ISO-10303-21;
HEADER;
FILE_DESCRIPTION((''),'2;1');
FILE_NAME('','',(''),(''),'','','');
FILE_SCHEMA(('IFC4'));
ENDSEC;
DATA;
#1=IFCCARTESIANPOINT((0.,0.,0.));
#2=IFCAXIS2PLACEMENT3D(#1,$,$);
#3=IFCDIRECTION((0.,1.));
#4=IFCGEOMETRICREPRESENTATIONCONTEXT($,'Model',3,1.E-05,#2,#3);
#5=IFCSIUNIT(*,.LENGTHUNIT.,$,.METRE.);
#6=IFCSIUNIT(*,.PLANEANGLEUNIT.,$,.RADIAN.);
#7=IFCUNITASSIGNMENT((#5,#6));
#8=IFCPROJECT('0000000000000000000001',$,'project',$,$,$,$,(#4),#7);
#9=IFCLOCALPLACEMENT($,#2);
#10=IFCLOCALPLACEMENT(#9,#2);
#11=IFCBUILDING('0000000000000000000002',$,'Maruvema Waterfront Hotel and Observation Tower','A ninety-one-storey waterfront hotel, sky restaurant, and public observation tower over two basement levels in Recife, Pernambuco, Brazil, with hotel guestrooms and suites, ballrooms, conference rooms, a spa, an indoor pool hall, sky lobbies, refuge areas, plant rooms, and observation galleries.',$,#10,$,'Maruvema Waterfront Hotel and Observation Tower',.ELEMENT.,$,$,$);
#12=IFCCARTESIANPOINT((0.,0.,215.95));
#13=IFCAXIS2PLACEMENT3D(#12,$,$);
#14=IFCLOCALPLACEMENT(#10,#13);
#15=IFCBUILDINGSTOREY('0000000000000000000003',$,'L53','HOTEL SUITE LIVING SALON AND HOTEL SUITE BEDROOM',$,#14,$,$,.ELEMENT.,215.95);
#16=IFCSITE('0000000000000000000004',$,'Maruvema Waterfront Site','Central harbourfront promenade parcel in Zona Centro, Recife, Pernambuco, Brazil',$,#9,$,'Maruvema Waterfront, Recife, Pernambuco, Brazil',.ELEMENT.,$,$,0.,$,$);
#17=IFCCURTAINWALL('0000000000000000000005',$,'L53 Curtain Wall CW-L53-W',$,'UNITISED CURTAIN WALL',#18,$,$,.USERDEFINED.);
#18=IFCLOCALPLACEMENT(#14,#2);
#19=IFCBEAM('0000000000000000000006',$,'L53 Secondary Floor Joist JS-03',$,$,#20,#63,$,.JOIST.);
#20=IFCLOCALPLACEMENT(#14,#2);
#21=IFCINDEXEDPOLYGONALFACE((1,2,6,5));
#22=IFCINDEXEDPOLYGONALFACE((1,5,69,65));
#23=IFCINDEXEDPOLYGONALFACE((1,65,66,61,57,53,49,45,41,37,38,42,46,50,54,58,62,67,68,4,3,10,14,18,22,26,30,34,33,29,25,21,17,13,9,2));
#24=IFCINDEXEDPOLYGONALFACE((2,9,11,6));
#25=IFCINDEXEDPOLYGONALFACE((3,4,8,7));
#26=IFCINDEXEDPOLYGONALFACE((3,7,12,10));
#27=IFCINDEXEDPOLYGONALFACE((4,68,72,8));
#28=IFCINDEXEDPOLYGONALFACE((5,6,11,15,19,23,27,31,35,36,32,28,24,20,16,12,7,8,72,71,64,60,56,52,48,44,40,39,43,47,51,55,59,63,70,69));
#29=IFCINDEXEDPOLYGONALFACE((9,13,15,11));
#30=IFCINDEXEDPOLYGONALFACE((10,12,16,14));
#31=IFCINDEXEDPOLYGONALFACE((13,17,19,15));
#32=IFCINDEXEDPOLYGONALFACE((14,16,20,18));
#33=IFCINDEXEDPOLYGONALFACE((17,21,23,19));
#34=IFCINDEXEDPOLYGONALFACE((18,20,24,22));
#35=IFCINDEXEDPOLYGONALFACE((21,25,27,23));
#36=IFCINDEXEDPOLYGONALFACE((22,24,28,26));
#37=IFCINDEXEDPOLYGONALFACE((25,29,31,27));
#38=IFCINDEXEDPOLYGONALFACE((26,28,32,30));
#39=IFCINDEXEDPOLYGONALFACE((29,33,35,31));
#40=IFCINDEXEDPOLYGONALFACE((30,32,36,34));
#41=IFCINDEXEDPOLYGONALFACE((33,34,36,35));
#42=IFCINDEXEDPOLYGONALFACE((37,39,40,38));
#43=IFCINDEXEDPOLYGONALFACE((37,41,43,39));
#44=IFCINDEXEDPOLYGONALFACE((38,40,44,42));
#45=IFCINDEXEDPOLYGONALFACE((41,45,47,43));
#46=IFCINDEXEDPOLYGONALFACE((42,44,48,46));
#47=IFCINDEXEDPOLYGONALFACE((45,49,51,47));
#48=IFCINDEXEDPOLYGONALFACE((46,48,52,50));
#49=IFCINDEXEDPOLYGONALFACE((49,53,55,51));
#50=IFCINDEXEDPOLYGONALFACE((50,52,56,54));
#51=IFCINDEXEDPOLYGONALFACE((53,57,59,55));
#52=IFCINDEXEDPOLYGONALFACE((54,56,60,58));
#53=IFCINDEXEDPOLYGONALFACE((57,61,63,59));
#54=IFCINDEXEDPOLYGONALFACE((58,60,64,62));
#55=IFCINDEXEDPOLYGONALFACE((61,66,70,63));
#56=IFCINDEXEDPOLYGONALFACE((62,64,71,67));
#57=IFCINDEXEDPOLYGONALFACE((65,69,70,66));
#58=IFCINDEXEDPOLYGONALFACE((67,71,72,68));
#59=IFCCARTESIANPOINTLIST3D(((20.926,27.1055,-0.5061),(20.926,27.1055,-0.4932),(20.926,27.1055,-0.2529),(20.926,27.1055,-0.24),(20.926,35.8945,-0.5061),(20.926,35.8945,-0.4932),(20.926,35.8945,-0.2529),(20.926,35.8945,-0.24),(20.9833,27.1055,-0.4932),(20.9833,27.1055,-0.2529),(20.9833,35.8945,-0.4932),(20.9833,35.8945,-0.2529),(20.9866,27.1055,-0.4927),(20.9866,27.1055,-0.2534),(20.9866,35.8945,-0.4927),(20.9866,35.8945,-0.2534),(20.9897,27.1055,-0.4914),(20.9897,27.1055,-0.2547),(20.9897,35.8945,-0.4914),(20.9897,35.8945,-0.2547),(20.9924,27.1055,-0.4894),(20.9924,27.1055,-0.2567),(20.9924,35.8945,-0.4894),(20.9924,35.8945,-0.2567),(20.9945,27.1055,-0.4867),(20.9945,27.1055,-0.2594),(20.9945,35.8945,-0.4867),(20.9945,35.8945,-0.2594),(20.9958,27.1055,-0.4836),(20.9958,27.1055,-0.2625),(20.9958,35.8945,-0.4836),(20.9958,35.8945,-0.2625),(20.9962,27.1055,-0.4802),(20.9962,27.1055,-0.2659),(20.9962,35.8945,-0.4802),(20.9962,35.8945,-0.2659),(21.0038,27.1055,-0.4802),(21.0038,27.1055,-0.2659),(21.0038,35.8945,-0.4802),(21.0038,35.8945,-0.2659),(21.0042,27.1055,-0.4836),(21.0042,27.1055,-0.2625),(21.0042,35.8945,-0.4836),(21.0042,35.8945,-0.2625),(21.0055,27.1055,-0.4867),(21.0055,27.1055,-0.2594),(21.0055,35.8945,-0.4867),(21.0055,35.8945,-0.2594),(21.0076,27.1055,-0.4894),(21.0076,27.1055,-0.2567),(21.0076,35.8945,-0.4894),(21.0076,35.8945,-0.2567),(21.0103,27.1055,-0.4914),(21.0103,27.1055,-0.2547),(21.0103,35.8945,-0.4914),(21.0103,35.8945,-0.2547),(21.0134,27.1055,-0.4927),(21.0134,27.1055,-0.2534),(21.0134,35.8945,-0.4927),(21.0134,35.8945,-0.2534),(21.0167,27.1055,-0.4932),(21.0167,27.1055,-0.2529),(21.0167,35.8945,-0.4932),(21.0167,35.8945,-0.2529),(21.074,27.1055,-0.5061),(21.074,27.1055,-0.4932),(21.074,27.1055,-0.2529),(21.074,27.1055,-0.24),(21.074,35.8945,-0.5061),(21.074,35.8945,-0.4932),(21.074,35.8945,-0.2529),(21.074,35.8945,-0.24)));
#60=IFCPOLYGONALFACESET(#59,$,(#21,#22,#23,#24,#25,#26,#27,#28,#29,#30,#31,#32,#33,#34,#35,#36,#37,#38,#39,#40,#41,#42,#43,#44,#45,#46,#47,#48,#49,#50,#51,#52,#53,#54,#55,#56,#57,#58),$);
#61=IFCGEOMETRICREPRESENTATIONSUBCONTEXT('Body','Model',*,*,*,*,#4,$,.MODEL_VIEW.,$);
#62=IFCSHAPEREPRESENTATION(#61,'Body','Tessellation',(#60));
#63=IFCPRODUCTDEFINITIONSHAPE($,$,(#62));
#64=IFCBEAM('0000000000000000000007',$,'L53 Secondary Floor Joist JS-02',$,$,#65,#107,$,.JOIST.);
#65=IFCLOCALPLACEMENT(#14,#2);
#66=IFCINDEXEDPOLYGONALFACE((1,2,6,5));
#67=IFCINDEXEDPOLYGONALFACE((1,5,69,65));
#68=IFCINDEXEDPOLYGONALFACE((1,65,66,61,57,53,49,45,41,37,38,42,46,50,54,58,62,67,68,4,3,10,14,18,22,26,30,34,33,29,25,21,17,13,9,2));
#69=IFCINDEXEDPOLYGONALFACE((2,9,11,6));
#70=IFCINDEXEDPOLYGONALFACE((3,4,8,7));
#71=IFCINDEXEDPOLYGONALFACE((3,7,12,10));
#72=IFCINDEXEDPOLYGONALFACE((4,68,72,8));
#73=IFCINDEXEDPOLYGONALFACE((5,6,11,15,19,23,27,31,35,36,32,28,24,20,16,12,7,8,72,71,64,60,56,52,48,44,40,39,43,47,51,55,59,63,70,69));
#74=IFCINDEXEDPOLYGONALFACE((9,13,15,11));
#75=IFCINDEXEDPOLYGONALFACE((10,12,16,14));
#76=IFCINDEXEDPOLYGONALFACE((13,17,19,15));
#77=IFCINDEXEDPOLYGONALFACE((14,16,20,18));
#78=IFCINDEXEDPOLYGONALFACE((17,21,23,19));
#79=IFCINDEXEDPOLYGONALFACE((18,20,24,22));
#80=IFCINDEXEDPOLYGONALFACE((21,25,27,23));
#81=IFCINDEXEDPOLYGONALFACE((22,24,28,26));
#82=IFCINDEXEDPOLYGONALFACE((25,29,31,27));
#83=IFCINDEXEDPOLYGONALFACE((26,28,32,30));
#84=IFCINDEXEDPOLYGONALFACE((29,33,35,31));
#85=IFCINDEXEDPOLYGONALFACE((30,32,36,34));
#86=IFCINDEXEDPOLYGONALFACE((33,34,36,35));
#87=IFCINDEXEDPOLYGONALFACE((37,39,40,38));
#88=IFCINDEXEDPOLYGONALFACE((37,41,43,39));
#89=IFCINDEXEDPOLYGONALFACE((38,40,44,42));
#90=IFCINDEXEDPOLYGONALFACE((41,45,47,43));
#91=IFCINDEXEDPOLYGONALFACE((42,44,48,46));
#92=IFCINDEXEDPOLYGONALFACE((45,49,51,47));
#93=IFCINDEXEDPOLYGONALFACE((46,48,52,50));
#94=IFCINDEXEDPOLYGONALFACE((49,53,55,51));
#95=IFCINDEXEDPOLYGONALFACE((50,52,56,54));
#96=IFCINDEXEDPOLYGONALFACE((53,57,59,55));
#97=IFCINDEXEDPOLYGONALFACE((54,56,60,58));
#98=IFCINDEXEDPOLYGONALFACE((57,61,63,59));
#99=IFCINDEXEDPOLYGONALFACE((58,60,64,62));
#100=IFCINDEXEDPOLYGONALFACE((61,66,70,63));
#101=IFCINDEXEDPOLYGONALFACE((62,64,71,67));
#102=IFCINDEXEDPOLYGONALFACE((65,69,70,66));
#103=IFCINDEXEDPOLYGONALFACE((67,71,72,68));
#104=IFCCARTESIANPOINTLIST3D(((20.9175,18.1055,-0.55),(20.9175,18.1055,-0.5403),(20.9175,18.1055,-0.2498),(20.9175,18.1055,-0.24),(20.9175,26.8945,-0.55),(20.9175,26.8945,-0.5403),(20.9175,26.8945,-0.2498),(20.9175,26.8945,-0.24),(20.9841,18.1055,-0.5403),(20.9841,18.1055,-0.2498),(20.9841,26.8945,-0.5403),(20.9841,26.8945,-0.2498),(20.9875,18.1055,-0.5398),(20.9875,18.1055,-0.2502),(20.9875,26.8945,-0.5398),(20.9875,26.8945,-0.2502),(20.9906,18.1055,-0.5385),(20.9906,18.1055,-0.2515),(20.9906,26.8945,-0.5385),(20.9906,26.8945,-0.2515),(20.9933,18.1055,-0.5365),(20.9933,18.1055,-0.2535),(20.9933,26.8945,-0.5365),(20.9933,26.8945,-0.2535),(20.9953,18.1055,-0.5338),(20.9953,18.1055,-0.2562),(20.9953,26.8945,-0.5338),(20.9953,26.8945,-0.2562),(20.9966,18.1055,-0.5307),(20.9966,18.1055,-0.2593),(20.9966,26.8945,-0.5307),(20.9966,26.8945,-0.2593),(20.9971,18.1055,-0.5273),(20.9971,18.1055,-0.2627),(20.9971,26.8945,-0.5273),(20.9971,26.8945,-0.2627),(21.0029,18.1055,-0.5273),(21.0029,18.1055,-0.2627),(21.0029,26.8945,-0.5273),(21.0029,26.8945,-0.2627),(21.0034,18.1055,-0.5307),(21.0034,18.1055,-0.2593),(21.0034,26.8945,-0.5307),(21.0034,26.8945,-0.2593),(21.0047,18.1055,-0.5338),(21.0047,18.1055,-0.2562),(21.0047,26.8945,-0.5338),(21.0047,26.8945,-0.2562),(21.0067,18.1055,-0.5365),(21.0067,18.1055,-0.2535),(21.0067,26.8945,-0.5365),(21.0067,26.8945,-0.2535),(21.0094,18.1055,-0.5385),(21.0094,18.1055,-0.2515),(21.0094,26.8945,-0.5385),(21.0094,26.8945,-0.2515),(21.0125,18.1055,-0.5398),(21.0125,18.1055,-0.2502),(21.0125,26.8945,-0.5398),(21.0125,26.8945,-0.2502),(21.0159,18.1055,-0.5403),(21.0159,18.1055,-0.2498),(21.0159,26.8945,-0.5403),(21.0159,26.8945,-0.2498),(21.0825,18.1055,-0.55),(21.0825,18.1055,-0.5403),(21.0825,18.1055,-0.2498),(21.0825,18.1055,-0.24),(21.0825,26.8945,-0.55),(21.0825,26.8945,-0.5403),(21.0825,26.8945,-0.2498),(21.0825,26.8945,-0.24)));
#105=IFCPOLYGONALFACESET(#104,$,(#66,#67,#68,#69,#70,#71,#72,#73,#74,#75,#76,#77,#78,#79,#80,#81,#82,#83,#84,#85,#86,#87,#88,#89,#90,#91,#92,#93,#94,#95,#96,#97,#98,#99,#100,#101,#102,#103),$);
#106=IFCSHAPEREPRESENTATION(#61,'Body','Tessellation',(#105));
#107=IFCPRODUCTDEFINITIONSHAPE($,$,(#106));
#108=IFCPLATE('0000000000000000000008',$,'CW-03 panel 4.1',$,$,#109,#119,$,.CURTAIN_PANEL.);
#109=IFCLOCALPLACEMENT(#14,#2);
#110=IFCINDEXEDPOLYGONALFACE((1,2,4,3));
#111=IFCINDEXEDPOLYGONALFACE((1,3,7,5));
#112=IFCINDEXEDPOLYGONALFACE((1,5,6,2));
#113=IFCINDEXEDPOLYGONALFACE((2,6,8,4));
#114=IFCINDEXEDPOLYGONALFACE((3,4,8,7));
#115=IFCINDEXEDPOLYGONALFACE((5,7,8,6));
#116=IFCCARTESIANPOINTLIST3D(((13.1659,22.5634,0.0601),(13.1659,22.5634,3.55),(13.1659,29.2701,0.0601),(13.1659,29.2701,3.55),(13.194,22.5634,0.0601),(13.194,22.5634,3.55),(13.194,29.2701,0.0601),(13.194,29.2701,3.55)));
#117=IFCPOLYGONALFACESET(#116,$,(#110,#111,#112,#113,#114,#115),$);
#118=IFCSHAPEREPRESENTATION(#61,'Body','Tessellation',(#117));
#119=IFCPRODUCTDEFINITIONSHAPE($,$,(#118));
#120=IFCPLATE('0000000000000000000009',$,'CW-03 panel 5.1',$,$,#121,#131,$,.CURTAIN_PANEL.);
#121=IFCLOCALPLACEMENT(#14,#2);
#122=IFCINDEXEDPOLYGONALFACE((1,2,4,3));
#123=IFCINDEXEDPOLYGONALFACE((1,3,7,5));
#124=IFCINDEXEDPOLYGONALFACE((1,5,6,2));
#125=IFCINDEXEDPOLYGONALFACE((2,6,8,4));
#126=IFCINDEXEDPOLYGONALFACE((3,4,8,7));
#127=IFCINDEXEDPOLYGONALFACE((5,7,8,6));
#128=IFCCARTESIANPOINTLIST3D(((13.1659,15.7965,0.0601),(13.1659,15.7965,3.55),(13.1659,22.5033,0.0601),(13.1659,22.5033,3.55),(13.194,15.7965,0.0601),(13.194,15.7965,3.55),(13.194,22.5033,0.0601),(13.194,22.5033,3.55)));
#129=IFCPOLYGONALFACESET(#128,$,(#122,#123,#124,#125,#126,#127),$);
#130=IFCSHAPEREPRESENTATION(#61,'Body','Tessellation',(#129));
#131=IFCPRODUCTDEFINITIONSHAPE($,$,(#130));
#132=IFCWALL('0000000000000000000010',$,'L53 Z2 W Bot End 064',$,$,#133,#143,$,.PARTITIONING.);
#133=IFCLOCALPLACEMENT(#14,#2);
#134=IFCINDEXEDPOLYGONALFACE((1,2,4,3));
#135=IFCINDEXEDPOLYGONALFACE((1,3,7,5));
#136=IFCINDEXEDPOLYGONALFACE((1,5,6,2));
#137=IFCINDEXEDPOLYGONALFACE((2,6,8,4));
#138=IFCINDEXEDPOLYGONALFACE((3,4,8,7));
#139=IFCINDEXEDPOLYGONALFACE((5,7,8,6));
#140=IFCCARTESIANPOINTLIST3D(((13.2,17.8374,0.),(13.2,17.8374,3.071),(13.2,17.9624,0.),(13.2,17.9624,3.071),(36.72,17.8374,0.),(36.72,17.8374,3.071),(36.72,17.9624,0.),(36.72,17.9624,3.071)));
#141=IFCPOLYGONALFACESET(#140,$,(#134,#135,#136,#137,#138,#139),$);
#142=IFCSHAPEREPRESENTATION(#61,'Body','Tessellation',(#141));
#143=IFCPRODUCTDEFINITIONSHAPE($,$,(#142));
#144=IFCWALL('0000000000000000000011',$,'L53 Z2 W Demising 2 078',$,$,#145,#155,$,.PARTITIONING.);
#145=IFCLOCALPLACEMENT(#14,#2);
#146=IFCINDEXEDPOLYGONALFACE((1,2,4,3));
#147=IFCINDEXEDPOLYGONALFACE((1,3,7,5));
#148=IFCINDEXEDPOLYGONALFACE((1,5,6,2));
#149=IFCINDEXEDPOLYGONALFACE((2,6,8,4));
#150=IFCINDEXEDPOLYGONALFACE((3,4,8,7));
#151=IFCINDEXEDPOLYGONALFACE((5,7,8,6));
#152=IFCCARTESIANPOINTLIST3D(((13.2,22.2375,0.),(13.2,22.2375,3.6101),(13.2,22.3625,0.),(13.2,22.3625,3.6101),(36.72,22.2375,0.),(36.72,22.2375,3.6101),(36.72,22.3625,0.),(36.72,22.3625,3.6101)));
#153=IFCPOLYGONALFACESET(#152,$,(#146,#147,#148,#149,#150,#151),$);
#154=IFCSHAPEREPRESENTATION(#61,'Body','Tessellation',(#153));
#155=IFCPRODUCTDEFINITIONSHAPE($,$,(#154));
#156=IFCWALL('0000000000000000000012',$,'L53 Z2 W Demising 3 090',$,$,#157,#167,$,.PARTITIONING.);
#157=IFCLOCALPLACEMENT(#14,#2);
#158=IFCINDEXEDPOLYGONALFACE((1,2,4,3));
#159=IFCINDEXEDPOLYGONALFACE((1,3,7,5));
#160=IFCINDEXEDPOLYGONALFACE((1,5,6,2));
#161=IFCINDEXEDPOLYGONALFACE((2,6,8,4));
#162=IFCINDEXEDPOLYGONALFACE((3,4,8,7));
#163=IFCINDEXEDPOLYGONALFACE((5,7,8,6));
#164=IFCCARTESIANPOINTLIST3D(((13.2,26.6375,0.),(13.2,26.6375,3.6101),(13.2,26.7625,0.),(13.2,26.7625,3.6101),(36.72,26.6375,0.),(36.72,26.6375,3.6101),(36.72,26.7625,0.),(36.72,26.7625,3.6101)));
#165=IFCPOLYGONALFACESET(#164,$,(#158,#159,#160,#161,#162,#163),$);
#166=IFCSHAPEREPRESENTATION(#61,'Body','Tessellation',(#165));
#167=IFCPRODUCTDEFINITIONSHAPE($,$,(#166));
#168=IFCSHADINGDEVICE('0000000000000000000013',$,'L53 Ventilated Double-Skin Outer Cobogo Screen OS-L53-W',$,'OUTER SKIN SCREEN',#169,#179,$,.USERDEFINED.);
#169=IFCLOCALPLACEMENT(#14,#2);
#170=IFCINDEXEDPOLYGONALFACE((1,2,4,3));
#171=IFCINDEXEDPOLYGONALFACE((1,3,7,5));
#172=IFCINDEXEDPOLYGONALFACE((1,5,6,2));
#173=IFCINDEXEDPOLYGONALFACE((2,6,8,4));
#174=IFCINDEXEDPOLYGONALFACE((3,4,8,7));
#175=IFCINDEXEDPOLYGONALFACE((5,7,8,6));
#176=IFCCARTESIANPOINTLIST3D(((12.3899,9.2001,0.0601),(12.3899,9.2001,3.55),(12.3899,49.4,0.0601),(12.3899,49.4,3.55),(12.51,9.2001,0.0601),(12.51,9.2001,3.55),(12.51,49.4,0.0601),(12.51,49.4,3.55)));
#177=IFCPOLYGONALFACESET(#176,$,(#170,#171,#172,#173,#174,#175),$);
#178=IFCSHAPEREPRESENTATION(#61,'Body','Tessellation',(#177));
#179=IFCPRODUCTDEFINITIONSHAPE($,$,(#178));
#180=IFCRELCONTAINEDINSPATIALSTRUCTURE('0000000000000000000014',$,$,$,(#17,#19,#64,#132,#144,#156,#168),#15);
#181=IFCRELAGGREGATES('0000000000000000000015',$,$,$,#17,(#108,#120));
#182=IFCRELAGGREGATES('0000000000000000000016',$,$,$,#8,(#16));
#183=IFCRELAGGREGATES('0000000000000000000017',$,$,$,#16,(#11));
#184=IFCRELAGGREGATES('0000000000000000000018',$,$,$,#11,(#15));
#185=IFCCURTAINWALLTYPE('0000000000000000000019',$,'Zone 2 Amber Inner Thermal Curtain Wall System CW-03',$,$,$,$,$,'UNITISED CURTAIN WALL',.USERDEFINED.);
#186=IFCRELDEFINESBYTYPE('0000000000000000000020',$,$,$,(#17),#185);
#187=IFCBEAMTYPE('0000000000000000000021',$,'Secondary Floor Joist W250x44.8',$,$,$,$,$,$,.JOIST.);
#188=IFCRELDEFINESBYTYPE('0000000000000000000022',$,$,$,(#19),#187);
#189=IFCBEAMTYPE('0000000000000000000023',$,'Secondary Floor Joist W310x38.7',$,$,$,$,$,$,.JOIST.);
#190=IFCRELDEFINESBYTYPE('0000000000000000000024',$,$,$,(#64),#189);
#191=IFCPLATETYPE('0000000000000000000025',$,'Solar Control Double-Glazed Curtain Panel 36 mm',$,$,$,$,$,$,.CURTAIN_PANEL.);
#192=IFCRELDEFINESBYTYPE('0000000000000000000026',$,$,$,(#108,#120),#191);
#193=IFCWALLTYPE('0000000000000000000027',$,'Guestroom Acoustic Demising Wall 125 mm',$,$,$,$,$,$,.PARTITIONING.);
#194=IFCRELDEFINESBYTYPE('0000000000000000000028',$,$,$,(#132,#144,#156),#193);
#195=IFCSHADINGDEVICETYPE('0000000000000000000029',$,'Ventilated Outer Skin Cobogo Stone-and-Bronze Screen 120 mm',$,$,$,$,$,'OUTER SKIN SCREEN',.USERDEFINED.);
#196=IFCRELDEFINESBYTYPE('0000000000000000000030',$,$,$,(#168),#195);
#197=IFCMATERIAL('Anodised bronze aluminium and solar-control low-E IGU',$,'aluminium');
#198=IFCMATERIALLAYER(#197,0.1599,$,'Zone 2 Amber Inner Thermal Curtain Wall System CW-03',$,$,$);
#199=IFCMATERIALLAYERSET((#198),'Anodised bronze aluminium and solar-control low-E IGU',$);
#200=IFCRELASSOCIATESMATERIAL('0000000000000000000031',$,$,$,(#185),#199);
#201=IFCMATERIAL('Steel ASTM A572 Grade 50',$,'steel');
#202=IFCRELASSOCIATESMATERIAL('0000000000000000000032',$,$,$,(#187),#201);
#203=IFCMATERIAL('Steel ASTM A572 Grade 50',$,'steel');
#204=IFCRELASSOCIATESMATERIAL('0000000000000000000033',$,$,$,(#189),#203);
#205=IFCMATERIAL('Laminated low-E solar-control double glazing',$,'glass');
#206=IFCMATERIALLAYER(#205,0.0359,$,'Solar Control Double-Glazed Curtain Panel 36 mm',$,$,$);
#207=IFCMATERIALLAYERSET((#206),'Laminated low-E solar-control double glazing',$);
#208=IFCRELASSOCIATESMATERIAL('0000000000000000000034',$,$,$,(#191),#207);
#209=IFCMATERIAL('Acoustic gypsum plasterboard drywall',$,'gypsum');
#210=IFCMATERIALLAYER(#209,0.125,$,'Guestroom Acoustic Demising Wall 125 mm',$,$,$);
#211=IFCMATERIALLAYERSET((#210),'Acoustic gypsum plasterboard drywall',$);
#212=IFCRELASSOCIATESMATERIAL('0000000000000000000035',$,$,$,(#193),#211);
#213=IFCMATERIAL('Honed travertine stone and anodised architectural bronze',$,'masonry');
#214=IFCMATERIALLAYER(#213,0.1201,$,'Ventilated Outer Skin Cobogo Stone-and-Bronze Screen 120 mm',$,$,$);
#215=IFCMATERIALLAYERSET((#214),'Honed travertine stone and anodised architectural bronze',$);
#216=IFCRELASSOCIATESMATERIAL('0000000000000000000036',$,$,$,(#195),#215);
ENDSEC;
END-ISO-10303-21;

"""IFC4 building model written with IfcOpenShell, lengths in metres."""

from ifc_helpers import new_model, si_unit, direction, frame, frame_2d, origin, origin_2d, place, context, subcontext, project, spatial, rectangle, i_section, extrude, material, layer, layer_set, material_profile, profile_set, type_object, element, aggregate, save


model = new_model("IFC4")

# Units and contexts
model_context = context("Model", 3, precision=1e-05, world=origin(), true_north=direction((0.0, 1.0)))
body_context = subcontext(model_context, "Body", "Model", "MODEL_VIEW")
ifc_project = project(units=[si_unit("LENGTHUNIT", "METRE"), si_unit("PLANEANGLEUNIT", "RADIAN")], contexts=[model_context])

# Site, building, storey
site_placement = place(None, origin())
site = spatial("IfcSite", under=ifc_project, at=site_placement, Name="Maruvema Waterfront Site", Description="Central harbourfront promenade parcel in Zona Centro, Recife, Pernambuco, Brazil", LongName="Maruvema Waterfront, Recife, Pernambuco, Brazil", CompositionType="ELEMENT", RefElevation=0.0)
building_placement = place(site_placement, origin())
building = spatial("IfcBuilding", under=site, at=building_placement, Name="Maruvema Waterfront Hotel and Observation Tower", Description="A ninety-one-storey waterfront hotel, sky restaurant, and public observation tower over two basement levels in Recife, Pernambuco, Brazil, with hotel guestrooms and suites, ballrooms, conference rooms, a spa, an indoor pool hall, sky lobbies, refuge areas, plant rooms, and observation galleries.", LongName="Maruvema Waterfront Hotel and Observation Tower", CompositionType="ELEMENT")
storey_placement = place(building_placement, frame((0.0, 0.0, 215.95)))
storey = spatial("IfcBuildingStorey", under=building, at=storey_placement, Name="L53", Description="HOTEL SUITE LIVING SALON AND HOTEL SUITE BEDROOM", CompositionType="ELEMENT", Elevation=215.95)

# Curtain wall
ifc_material_1 = material(Name="Anodised bronze aluminium and solar-control low-E IGU", Category="aluminium")
ifc_layer_1 = layer(ifc_material_1, 0.1599, Name="Zone 2 Amber Inner Thermal Curtain Wall System CW-03")
ifc_layer_set_1 = layer_set([ifc_layer_1], Name="Anodised bronze aluminium and solar-control low-E IGU")
curtain_wall_type = type_object("IfcCurtainWallType", Name="Zone 2 Amber Inner Thermal Curtain Wall System CW-03", ElementType="UNITISED CURTAIN WALL", PredefinedType="USERDEFINED", material=ifc_layer_set_1)
curtain_wall_placement = place(storey_placement, origin())
curtain_wall = element("IfcCurtainWall", 1, at=curtain_wall_placement, inside=storey, type_object=curtain_wall_type, Name="L53 Curtain Wall CW-L53-W", ObjectType="UNITISED CURTAIN WALL", PredefinedType="USERDEFINED")

# Beams
ifc_material_2 = material(Name="Steel ASTM A572 Grade 50", Category="steel")
ifc_material_profile_1 = material_profile(ifc_material_2, i_section(OverallWidth=0.1479, OverallDepth=0.2661, WebThickness=0.0076, FlangeThickness=0.0129, FilletRadius=0.0129, at=origin_2d()), Name="W250x44.8")
ifc_profile_set_1 = profile_set([ifc_material_profile_1], Name="Steel ASTM A572 Grade 50")
beam_type_1 = type_object("IfcBeamType", Name="Secondary Floor Joist W250x44.8", PredefinedType="JOIST", material=ifc_profile_set_1)
beam_1_placement = place(storey_placement, frame((21.0, 27.1055, -0.373), z_axis=(0.0, 1.0, 0.0), x_axis=(-1.0, 0.0, 0.0)))
element("IfcBeam", 2, at=beam_1_placement, inside=storey, type_object=beam_type_1, Name="L53 Secondary Floor Joist JS-03", PredefinedType="JOIST", context=body_context, shape_type="SweptSolid", body=[
    extrude(i_section(OverallWidth=0.1479, OverallDepth=0.2661, WebThickness=0.0076, FlangeThickness=0.0129, FilletRadius=0.0129, at=origin_2d()), origin(), (0.0, 0.0, 1.0), 8.7891),
])
ifc_material_3 = material(Name="Steel ASTM A572 Grade 50", Category="steel")
ifc_material_profile_2 = material_profile(ifc_material_3, i_section(OverallWidth=0.165, OverallDepth=0.3101, WebThickness=0.0059, FlangeThickness=0.0098, FilletRadius=0.0129, at=origin_2d()), Name="W310x38.7")
ifc_profile_set_2 = profile_set([ifc_material_profile_2], Name="Steel ASTM A572 Grade 50")
beam_type_2 = type_object("IfcBeamType", Name="Secondary Floor Joist W310x38.7", PredefinedType="JOIST", material=ifc_profile_set_2)
beam_2_placement = place(storey_placement, frame((21.0, 18.1055, -0.395), z_axis=(0.0, 1.0, 0.0), x_axis=(-1.0, 0.0, 0.0)))
element("IfcBeam", 3, at=beam_2_placement, inside=storey, type_object=beam_type_2, Name="L53 Secondary Floor Joist JS-02", PredefinedType="JOIST", context=body_context, shape_type="SweptSolid", body=[
    extrude(i_section(OverallWidth=0.165, OverallDepth=0.3101, WebThickness=0.0059, FlangeThickness=0.0098, FilletRadius=0.0129, at=origin_2d()), origin(), (0.0, 0.0, 1.0), 8.7891),
])

# Plates
ifc_material_4 = material(Name="Laminated low-E solar-control double glazing", Category="glass")
ifc_layer_2 = layer(ifc_material_4, 0.0359, Name="Solar Control Double-Glazed Curtain Panel 36 mm")
ifc_layer_set_2 = layer_set([ifc_layer_2], Name="Laminated low-E solar-control double glazing")
plate_type = type_object("IfcPlateType", Name="Solar Control Double-Glazed Curtain Panel 36 mm", PredefinedType="CURTAIN_PANEL", material=ifc_layer_set_2)
plate_1_placement = place(storey_placement, frame((13.1799, 25.9167, 0.0601), z_axis=(0.0, 0.0, 1.0), x_axis=(0.0, -1.0, 0.0)))
plate_1 = element("IfcPlate", 4, at=plate_1_placement, type_object=plate_type, Name="CW-03 panel 4.1", PredefinedType="CURTAIN_PANEL", context=body_context, shape_type="SweptSolid", body=[
    extrude(rectangle(XDim=6.7068, YDim=0.0281, at=origin_2d()), origin(), (0.0, 0.0, 1.0), 3.49),
])
plate_2_placement = place(storey_placement, frame((13.1799, 19.1499, 0.0601), z_axis=(0.0, 0.0, 1.0), x_axis=(0.0, -1.0, 0.0)))
plate_2 = element("IfcPlate", 5, at=plate_2_placement, type_object=plate_type, Name="CW-03 panel 5.1", PredefinedType="CURTAIN_PANEL", context=body_context, shape_type="SweptSolid", body=[
    extrude(rectangle(XDim=6.7068, YDim=0.0281, at=origin_2d()), origin(), (0.0, 0.0, 1.0), 3.49),
])
aggregate(curtain_wall, [plate_1, plate_2])

# Walls
ifc_material_5 = material(Name="Acoustic gypsum plasterboard drywall", Category="gypsum")
ifc_layer_3 = layer(ifc_material_5, 0.125, Name="Guestroom Acoustic Demising Wall 125 mm")
ifc_layer_set_3 = layer_set([ifc_layer_3], Name="Acoustic gypsum plasterboard drywall")
wall_type = type_object("IfcWallType", Name="Guestroom Acoustic Demising Wall 125 mm", PredefinedType="PARTITIONING", material=ifc_layer_set_3)
wall_placement = place(storey_placement, frame((13.2, 17.8999, 0.0), z_axis=(0.0, 0.0, 1.0), x_axis=(1.0, 0.0, 0.0)))
element("IfcWall", 6, at=wall_placement, inside=storey, type_object=wall_type, Name="L53 Z2 W Bot End 064", PredefinedType="PARTITIONING", context=body_context, shape_type="SweptSolid", body=[
    extrude(rectangle(XDim=23.52, YDim=0.125, at=frame_2d((11.76, 0.0))), origin(), (0.0, 0.0, 1.0), 3.071),
])
for number, where, z_axis, x_axis, name in (
    (7, (13.2, 22.3, 0.0), (0.0, 0.0, 1.0), (1.0, 0.0, 0.0), "L53 Z2 W Demising 2 078"),
    (8, (13.2, 26.7, 0.0), (0.0, 0.0, 1.0), (1.0, 0.0, 0.0), "L53 Z2 W Demising 3 090"),
):
    element("IfcWall", number, at=place(storey_placement, frame(where, z_axis=z_axis, x_axis=x_axis)), inside=storey, type_object=wall_type, Name=name, PredefinedType="PARTITIONING", context=body_context, shape_type="SweptSolid", body=[
        extrude(rectangle(XDim=23.52, YDim=0.125, at=frame_2d((11.76, 0.0))), origin(), (0.0, 0.0, 1.0), 3.6101),
    ])

# Shading device
ifc_material_6 = material(Name="Honed travertine stone and anodised architectural bronze", Category="masonry")
ifc_layer_4 = layer(ifc_material_6, 0.1201, Name="Ventilated Outer Skin Cobogo Stone-and-Bronze Screen 120 mm")
ifc_layer_set_4 = layer_set([ifc_layer_4], Name="Honed travertine stone and anodised architectural bronze")
shading_device_type = type_object("IfcShadingDeviceType", Name="Ventilated Outer Skin Cobogo Stone-and-Bronze Screen 120 mm", ElementType="OUTER SKIN SCREEN", PredefinedType="USERDEFINED", material=ifc_layer_set_4)
shading_device_placement = place(storey_placement, frame((12.45, 29.3, 0.0601), z_axis=(0.0, 0.0, 1.0), x_axis=(0.0, -1.0, 0.0)))
element("IfcShadingDevice", 9, at=shading_device_placement, inside=storey, type_object=shading_device_type, Name="L53 Ventilated Double-Skin Outer Cobogo Screen OS-L53-W", ObjectType="OUTER SKIN SCREEN", PredefinedType="USERDEFINED", context=body_context, shape_type="SweptSolid", body=[
    extrude(rectangle(XDim=40.2, YDim=0.1201, at=origin_2d()), origin(), (0.0, 0.0, 1.0), 3.49),
])

save(model, "model.ifc")
